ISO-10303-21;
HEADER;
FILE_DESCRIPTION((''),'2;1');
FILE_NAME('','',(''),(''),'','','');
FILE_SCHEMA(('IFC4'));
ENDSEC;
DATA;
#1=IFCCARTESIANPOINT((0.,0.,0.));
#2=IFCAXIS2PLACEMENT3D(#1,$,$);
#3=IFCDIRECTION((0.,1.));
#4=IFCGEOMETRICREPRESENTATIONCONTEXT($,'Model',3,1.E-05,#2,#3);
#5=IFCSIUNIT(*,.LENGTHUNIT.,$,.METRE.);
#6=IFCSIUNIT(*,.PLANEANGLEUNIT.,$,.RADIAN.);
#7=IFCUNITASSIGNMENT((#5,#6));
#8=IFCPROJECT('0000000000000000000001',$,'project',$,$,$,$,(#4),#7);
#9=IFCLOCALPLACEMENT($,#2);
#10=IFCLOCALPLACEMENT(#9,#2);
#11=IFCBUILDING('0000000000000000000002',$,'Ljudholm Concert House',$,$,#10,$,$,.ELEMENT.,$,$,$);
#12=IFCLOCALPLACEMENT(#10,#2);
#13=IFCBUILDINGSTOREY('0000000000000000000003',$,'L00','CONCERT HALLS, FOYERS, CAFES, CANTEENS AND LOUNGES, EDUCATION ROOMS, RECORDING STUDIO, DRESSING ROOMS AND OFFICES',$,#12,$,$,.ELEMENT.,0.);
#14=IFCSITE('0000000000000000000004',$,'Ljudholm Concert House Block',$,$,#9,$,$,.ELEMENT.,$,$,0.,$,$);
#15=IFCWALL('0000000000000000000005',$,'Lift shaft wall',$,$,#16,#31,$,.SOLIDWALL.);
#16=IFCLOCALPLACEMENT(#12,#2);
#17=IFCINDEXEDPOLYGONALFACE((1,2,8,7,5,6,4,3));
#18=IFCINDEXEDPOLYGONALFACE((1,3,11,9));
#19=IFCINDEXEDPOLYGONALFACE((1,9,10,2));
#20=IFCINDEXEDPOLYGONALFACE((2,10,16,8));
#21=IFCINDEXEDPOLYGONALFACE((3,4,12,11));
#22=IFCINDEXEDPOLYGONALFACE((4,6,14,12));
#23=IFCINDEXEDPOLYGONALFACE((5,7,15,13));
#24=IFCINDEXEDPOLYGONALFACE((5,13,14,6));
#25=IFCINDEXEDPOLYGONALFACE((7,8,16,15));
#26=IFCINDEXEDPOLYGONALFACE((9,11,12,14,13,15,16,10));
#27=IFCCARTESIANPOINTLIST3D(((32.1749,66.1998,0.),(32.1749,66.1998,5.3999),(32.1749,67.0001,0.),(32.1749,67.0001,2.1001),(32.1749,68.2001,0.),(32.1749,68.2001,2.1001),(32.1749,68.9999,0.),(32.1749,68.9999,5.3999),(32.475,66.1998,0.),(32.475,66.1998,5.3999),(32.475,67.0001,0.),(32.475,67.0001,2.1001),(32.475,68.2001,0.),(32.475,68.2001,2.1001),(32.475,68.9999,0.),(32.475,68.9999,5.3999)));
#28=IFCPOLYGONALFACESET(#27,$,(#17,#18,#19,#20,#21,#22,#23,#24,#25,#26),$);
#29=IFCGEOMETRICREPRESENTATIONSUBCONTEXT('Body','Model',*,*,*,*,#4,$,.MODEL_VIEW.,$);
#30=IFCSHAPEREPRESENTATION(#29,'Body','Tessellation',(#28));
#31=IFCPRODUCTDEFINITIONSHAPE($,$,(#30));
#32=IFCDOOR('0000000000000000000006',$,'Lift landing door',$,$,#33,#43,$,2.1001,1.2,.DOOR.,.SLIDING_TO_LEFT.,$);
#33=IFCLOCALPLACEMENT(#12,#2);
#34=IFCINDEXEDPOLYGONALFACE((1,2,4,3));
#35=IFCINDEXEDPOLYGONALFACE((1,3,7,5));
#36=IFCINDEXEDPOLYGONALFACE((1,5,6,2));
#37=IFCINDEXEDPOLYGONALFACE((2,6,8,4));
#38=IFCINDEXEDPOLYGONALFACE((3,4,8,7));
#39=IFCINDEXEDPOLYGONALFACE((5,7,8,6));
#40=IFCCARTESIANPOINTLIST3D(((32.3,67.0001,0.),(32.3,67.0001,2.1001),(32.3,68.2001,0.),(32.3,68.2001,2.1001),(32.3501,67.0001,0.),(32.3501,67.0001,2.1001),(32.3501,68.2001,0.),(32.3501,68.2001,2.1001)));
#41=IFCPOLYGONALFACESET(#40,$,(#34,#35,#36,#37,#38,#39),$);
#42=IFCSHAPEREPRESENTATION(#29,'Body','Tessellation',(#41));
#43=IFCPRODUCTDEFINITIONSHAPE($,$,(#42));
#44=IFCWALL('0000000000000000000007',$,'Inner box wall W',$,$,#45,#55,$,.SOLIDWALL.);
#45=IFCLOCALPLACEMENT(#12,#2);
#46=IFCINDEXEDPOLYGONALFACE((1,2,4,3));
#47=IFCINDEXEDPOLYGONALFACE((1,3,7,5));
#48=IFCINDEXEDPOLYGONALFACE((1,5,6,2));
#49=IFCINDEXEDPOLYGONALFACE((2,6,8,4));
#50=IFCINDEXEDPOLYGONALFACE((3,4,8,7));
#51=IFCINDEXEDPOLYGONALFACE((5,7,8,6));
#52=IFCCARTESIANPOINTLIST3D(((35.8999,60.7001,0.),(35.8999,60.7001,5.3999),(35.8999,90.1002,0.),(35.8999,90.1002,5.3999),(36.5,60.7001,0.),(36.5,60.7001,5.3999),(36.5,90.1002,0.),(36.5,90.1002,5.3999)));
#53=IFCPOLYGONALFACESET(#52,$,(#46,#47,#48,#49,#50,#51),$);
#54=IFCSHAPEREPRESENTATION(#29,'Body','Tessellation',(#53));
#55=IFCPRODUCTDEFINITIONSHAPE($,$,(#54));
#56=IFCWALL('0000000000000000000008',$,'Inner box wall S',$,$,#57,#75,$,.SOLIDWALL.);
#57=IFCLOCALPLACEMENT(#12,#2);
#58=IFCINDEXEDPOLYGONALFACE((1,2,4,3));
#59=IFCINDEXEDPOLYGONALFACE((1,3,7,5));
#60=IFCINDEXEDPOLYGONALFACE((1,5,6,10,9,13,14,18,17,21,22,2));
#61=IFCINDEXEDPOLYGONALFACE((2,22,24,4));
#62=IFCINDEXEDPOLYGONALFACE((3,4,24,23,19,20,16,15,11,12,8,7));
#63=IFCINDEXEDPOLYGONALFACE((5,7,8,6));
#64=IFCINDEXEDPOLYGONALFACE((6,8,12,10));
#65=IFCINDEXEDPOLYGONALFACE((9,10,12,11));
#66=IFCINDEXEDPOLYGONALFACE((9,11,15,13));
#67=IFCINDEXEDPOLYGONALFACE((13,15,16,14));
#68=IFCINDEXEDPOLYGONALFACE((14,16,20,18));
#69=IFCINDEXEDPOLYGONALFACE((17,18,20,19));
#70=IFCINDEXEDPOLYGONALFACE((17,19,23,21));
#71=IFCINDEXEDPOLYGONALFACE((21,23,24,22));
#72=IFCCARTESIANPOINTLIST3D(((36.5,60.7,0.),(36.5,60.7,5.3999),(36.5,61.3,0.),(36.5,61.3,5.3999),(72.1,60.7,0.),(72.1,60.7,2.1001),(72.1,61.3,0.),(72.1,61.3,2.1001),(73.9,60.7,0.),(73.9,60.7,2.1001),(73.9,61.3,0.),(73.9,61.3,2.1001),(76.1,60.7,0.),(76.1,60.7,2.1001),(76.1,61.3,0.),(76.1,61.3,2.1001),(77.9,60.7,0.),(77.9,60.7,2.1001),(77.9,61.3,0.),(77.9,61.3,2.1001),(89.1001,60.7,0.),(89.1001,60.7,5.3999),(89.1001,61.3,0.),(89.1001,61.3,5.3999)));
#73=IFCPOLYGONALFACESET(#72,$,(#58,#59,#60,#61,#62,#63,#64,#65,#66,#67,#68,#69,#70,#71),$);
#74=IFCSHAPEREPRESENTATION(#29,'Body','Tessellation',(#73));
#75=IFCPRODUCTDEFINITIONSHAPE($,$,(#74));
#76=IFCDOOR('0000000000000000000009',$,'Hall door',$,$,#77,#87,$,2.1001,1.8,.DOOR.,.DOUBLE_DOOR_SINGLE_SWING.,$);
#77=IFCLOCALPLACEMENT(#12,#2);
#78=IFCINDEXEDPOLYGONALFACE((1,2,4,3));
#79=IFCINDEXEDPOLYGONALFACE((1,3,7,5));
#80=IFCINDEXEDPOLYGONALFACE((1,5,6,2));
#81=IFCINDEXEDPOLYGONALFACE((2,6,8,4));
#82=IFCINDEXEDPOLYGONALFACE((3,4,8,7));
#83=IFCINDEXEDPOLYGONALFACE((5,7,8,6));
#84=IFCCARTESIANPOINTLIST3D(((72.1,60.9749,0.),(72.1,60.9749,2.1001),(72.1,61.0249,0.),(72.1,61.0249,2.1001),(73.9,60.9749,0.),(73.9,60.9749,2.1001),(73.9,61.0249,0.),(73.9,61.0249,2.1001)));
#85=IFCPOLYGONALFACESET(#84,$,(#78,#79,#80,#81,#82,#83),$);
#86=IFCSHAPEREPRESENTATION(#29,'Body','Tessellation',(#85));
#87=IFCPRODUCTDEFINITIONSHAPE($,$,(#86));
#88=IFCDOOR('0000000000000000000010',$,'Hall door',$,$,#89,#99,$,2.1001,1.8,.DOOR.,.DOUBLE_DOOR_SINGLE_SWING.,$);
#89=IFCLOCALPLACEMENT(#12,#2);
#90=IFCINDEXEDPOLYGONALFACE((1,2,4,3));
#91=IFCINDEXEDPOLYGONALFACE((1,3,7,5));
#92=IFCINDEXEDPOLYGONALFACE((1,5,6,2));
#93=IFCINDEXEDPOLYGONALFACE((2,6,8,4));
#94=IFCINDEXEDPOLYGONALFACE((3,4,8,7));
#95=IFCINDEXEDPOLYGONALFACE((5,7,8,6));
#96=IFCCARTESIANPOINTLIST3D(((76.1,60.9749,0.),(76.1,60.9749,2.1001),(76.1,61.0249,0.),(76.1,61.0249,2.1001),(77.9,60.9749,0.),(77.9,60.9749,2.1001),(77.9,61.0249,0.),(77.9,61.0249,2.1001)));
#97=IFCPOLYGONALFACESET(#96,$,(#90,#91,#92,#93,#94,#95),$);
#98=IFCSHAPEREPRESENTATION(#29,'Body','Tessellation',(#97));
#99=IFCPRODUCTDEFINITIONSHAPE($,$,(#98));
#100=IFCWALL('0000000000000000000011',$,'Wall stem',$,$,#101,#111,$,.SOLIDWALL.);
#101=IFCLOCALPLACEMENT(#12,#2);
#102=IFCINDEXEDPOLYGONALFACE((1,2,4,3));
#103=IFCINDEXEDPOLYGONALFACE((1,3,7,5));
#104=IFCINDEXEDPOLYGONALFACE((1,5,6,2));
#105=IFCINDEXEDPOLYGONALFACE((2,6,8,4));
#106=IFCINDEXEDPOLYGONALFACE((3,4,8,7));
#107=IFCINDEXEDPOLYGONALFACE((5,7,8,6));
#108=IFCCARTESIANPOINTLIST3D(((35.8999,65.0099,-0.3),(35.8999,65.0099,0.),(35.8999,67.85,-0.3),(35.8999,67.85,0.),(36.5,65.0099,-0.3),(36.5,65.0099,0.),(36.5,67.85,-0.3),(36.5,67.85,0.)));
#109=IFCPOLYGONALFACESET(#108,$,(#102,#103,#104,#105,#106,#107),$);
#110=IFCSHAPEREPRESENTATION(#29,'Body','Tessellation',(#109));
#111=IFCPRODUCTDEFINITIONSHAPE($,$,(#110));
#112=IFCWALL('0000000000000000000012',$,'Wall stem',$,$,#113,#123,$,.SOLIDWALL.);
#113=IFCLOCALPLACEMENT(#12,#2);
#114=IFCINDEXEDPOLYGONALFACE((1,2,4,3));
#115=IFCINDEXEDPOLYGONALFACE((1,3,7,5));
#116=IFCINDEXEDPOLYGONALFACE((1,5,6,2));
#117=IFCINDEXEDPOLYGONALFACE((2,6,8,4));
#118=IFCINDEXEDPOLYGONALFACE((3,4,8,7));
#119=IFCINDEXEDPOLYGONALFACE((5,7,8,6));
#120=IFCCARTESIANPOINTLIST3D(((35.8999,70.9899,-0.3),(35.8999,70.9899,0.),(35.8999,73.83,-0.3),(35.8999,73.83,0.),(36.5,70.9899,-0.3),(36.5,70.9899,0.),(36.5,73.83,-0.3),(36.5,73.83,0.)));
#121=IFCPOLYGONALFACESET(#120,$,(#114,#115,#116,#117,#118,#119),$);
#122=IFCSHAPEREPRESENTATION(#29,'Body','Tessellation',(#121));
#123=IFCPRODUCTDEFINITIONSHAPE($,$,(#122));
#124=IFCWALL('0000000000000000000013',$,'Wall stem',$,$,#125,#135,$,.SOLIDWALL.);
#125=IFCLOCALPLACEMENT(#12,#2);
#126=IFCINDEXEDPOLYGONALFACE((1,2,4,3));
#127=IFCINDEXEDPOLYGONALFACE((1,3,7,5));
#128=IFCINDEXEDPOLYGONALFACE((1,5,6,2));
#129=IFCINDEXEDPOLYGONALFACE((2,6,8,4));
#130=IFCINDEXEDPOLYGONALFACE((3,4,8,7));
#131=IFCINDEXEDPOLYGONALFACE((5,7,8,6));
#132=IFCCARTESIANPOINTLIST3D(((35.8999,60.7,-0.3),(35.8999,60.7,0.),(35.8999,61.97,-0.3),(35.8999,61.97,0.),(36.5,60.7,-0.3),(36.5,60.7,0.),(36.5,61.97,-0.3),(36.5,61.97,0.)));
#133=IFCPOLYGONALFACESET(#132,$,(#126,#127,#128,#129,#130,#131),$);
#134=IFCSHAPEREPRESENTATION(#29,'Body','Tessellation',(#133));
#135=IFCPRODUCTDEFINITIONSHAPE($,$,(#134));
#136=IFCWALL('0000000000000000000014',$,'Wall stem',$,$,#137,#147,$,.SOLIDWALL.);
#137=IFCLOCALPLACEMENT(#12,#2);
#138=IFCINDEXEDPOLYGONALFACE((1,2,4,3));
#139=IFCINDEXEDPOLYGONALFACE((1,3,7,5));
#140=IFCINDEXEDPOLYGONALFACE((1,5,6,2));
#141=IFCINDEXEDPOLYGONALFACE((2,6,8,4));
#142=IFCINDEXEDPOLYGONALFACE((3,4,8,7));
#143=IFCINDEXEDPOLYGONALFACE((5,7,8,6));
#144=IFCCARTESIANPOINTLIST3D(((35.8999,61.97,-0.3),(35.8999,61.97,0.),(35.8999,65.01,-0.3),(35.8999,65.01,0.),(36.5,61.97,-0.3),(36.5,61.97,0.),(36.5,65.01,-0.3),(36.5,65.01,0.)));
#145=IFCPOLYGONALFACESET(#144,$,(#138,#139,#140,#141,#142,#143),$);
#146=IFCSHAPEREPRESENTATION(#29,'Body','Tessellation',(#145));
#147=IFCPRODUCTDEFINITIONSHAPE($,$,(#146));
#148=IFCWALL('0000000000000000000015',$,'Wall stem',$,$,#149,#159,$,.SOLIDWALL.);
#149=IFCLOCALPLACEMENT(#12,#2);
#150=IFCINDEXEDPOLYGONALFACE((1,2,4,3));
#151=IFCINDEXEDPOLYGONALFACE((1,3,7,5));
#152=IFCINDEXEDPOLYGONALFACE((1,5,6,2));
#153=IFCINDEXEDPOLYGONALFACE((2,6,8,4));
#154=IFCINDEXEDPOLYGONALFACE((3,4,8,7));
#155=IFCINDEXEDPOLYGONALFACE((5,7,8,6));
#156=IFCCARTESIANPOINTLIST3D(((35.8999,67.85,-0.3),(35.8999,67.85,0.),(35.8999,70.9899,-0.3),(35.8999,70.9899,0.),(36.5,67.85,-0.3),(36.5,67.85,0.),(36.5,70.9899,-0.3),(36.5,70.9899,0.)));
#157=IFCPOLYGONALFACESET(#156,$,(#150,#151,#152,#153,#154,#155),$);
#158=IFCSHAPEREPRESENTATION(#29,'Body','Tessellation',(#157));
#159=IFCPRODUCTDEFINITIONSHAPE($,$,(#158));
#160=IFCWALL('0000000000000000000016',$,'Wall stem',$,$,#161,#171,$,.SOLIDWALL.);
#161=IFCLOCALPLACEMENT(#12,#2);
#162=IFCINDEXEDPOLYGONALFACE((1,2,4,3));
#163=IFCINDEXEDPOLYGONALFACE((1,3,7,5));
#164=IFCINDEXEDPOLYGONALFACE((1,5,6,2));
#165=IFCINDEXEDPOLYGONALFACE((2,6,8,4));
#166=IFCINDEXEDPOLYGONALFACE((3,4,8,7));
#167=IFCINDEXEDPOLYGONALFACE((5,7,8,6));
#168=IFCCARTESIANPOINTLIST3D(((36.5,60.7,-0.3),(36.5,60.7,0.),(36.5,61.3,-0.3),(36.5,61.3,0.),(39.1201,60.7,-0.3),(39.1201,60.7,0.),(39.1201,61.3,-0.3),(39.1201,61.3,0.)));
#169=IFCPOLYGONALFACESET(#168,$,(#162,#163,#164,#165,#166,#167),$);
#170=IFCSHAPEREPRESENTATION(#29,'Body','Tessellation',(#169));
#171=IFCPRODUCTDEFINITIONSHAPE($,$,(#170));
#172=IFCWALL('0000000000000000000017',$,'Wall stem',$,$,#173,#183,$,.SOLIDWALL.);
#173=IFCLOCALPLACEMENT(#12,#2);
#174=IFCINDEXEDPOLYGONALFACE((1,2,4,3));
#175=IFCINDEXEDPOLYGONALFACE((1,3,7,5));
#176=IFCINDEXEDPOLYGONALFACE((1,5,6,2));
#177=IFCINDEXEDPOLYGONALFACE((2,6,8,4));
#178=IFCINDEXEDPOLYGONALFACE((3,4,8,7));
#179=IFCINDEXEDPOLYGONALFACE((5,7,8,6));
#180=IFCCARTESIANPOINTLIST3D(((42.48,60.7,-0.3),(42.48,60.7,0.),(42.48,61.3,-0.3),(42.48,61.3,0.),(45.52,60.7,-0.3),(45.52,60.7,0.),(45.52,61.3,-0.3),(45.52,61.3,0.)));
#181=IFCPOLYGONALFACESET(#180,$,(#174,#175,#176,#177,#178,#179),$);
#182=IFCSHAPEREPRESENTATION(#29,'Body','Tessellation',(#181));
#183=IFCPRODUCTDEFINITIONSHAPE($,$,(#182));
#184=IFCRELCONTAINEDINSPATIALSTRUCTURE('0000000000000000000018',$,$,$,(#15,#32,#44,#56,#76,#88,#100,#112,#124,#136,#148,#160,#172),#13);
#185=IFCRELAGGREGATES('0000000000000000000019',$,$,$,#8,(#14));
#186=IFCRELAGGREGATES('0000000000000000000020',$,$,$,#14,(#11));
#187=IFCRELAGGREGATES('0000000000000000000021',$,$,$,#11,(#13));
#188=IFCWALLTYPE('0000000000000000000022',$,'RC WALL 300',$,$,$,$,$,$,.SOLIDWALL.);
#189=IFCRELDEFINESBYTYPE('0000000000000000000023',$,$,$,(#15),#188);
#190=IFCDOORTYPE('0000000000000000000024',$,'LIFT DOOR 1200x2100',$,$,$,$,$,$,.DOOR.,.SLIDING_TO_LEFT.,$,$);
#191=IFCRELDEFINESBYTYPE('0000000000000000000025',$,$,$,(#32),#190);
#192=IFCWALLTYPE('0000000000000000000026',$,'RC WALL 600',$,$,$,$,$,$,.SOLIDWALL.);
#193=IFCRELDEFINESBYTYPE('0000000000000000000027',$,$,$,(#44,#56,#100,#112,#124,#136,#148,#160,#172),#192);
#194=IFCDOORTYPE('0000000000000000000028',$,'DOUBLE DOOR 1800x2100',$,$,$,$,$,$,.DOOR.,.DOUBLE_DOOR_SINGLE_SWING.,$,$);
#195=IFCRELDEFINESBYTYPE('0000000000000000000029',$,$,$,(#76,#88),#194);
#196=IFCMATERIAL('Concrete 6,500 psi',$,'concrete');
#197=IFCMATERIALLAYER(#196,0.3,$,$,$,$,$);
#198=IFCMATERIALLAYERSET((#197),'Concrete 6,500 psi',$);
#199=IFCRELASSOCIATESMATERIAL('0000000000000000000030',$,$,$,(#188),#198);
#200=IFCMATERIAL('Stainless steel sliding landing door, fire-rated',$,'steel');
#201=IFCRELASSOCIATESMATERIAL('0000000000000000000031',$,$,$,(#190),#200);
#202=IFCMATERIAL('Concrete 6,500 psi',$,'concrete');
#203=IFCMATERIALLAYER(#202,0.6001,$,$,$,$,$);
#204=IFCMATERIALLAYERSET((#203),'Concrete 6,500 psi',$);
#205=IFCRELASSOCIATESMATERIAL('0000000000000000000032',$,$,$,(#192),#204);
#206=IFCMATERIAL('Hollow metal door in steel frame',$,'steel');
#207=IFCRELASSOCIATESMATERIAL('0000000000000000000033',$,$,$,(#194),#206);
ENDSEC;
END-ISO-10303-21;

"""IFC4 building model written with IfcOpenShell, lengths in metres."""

from ifc_helpers import new_model, si_unit, direction, frame, frame_2d, origin, place, context, subcontext, project, spatial, rectangle, extrude, material, layer, layer_set, type_object, element, fill, save


model = new_model("IFC4")

# Units and contexts
model_context = context("Model", 3, precision=1e-05, world=origin(), true_north=direction((0.0, 1.0)))
body_context = subcontext(model_context, "Body", "Model", "MODEL_VIEW")
ifc_project = project(units=[si_unit("LENGTHUNIT", "METRE"), si_unit("PLANEANGLEUNIT", "RADIAN")], contexts=[model_context])

# Site, building, storey
site_placement = place(None, origin())
site = spatial("IfcSite", under=ifc_project, at=site_placement, Name="Ljudholm Concert House Block", CompositionType="ELEMENT", RefElevation=0.0)
building_placement = place(site_placement, origin())
building = spatial("IfcBuilding", under=site, at=building_placement, Name="Ljudholm Concert House", CompositionType="ELEMENT")
storey_placement = place(building_placement, origin())
storey = spatial("IfcBuildingStorey", under=building, at=storey_placement, Name="L00", Description="CONCERT HALLS, FOYERS, CAFES, CANTEENS AND LOUNGES, EDUCATION ROOMS, RECORDING STUDIO, DRESSING ROOMS AND OFFICES", CompositionType="ELEMENT", Elevation=0.0)

# Wall, opening, door
ifc_material_1 = material(Name="Concrete 6,500 psi", Category="concrete")
ifc_layer_1 = layer(ifc_material_1, 0.3)
ifc_layer_set_1 = layer_set([ifc_layer_1], Name="Concrete 6,500 psi")
wall_type_1 = type_object("IfcWallType", Name="RC WALL 300", PredefinedType="SOLIDWALL", material=ifc_layer_set_1)
wall_1_placement = place(storey_placement, frame((32.325, 66.2, 0.0), z_axis=(0.0, 0.0, 1.0), x_axis=(0.0, 1.0, 0.0)))
wall_1 = element("IfcWall", 1, at=wall_1_placement, inside=storey, type_object=wall_type_1, Name="Lift shaft wall", PredefinedType="SOLIDWALL", context=body_context, shape_type="SweptSolid", body=[
    extrude(rectangle(XDim=2.8, YDim=0.3, at=frame_2d((1.3999, 0.0))), origin(), (0.0, 0.0, 1.0), 5.3999),
])
opening_1_placement = place(wall_1_placement, frame((0.8, 0.0, 0.0)))
opening_1 = element("IfcOpeningElement", 2, at=opening_1_placement, cuts=wall_1, PredefinedType="OPENING", context=body_context, shape_type="SweptSolid", body=[
    extrude(rectangle(XDim=1.2, YDim=2.1001, at=frame_2d((0.6001, 1.05))), frame((0.0, 0.1599, 0.0), z_axis=(0.0, -1.0, 0.0), x_axis=(1.0, 0.0, 0.0)), (0.0, 0.0, 1.0), 0.3201),
])
ifc_material_2 = material(Name="Stainless steel sliding landing door, fire-rated", Category="steel")
door_type_1 = type_object("IfcDoorType", Name="LIFT DOOR 1200x2100", OperationType="SLIDING_TO_LEFT", PredefinedType="DOOR", material=ifc_material_2)
door_1_placement = place(opening_1_placement, origin())
door_1 = element("IfcDoor", 3, at=door_1_placement, inside=storey, type_object=door_type_1, Name="Lift landing door", OperationType="SLIDING_TO_LEFT", OverallHeight=2.1001, OverallWidth=1.2, PredefinedType="DOOR", context=body_context, shape_type="SweptSolid", body=[
    extrude(rectangle(XDim=1.2, YDim=2.1001, at=frame_2d((0.6001, 1.05))), frame((0.0, 0.0249, 0.0), z_axis=(0.0, -1.0, 0.0), x_axis=(1.0, 0.0, 0.0)), (0.0, 0.0, 1.0), 0.05),
])
fill(opening_1, door_1)

# Wall
ifc_material_3 = material(Name="Concrete 6,500 psi", Category="concrete")
ifc_layer_2 = layer(ifc_material_3, 0.6001)
ifc_layer_set_2 = layer_set([ifc_layer_2], Name="Concrete 6,500 psi")
wall_type_2 = type_object("IfcWallType", Name="RC WALL 600", PredefinedType="SOLIDWALL", material=ifc_layer_set_2)
wall_2_placement = place(storey_placement, frame((36.2, 60.7, 0.0), z_axis=(0.0, 0.0, 1.0), x_axis=(0.0, 1.0, 0.0)))
element("IfcWall", 4, at=wall_2_placement, inside=storey, type_object=wall_type_2, Name="Inner box wall W", PredefinedType="SOLIDWALL", context=body_context, shape_type="SweptSolid", body=[
    extrude(rectangle(XDim=29.4001, YDim=0.6001, at=frame_2d((14.7002, 0.0))), origin(), (0.0, 0.0, 1.0), 5.3999),
])

# Wall, openings, doors
wall_3_placement = place(storey_placement, frame((36.5, 61.0, 0.0), z_axis=(0.0, 0.0, 1.0), x_axis=(1.0, 0.0, 0.0)))
wall_3 = element("IfcWall", 5, at=wall_3_placement, inside=storey, type_object=wall_type_2, Name="Inner box wall S", PredefinedType="SOLIDWALL", context=body_context, shape_type="SweptSolid", body=[
    extrude(rectangle(XDim=52.6001, YDim=0.6001, at=frame_2d((26.3, 0.0))), origin(), (0.0, 0.0, 1.0), 5.3999),
])
opening_2_placement = place(wall_3_placement, frame((35.6001, 0.0, 0.0)))
opening_2 = element("IfcOpeningElement", 6, at=opening_2_placement, cuts=wall_3, PredefinedType="OPENING", context=body_context, shape_type="SweptSolid", body=[
    extrude(rectangle(XDim=1.8, YDim=2.1001, at=frame_2d((0.8999, 1.05))), frame((0.0, 0.3101, 0.0), z_axis=(0.0, -1.0, 0.0), x_axis=(1.0, 0.0, 0.0)), (0.0, 0.0, 1.0), 0.6201),
])
opening_3_placement = place(wall_3_placement, frame((39.6001, 0.0, 0.0)))
opening_3 = element("IfcOpeningElement", 7, at=opening_3_placement, cuts=wall_3, PredefinedType="OPENING", context=body_context, shape_type="SweptSolid", body=[
    extrude(rectangle(XDim=1.8, YDim=2.1001, at=frame_2d((0.8999, 1.05))), frame((0.0, 0.3101, 0.0), z_axis=(0.0, -1.0, 0.0), x_axis=(1.0, 0.0, 0.0)), (0.0, 0.0, 1.0), 0.6201),
])
ifc_material_4 = material(Name="Hollow metal door in steel frame", Category="steel")
door_type_2 = type_object("IfcDoorType", Name="DOUBLE DOOR 1800x2100", OperationType="DOUBLE_DOOR_SINGLE_SWING", PredefinedType="DOOR", material=ifc_material_4)
door_2_placement = place(opening_2_placement, origin())
door_2 = element("IfcDoor", 8, at=door_2_placement, inside=storey, type_object=door_type_2, Name="Hall door", OperationType="DOUBLE_DOOR_SINGLE_SWING", OverallHeight=2.1001, OverallWidth=1.8, PredefinedType="DOOR", context=body_context, shape_type="SweptSolid", body=[
    extrude(rectangle(XDim=1.8, YDim=2.1001, at=frame_2d((0.8999, 1.05))), frame((0.0, 0.0249, 0.0), z_axis=(0.0, -1.0, 0.0), x_axis=(1.0, 0.0, 0.0)), (0.0, 0.0, 1.0), 0.05),
])
fill(opening_2, door_2)
door_3_placement = place(opening_3_placement, origin())
door_3 = element("IfcDoor", 9, at=door_3_placement, inside=storey, type_object=door_type_2, Name="Hall door", OperationType="DOUBLE_DOOR_SINGLE_SWING", OverallHeight=2.1001, OverallWidth=1.8, PredefinedType="DOOR", context=body_context, shape_type="SweptSolid", body=[
    extrude(rectangle(XDim=1.8, YDim=2.1001, at=frame_2d((0.8999, 1.05))), frame((0.0, 0.0249, 0.0), z_axis=(0.0, -1.0, 0.0), x_axis=(1.0, 0.0, 0.0)), (0.0, 0.0, 1.0), 0.05),
])
fill(opening_3, door_3)

# Walls
for number, where, z_axis, x_axis, name in (
    (10, (36.2, 65.01, -0.3), (0.0, 0.0, 1.0), (0.0, 1.0, 0.0), "Wall stem"),
    (11, (36.2, 70.99, -0.3), (0.0, 0.0, 1.0), (0.0, 1.0, 0.0), "Wall stem"),
):
    element("IfcWall", number, at=place(storey_placement, frame(where, z_axis=z_axis, x_axis=x_axis)), inside=storey, type_object=wall_type_2, Name=name, PredefinedType="SOLIDWALL", context=body_context, shape_type="SweptSolid", body=[
        extrude(rectangle(XDim=2.8401, YDim=0.6001, at=frame_2d((1.4199, 0.0))), origin(), (0.0, 0.0, 1.0), 0.3),
    ])
wall_4_placement = place(storey_placement, frame((36.2, 60.7, -0.3), z_axis=(0.0, 0.0, 1.0), x_axis=(0.0, 1.0, 0.0)))
element("IfcWall", 12, at=wall_4_placement, inside=storey, type_object=wall_type_2, Name="Wall stem", PredefinedType="SOLIDWALL", context=body_context, shape_type="SweptSolid", body=[
    extrude(rectangle(XDim=1.27, YDim=0.6001, at=frame_2d((0.635, 0.0))), origin(), (0.0, 0.0, 1.0), 0.3),
])
wall_5_placement = place(storey_placement, frame((36.2, 61.97, -0.3), z_axis=(0.0, 0.0, 1.0), x_axis=(0.0, 1.0, 0.0)))
element("IfcWall", 13, at=wall_5_placement, inside=storey, type_object=wall_type_2, Name="Wall stem", PredefinedType="SOLIDWALL", context=body_context, shape_type="SweptSolid", body=[
    extrude(rectangle(XDim=3.04, YDim=0.6001, at=frame_2d((1.52, 0.0))), origin(), (0.0, 0.0, 1.0), 0.3),
])
wall_6_placement = place(storey_placement, frame((36.2, 67.8501, -0.3), z_axis=(0.0, 0.0, 1.0), x_axis=(0.0, 1.0, 0.0)))
element("IfcWall", 14, at=wall_6_placement, inside=storey, type_object=wall_type_2, Name="Wall stem", PredefinedType="SOLIDWALL", context=body_context, shape_type="SweptSolid", body=[
    extrude(rectangle(XDim=3.1399, YDim=0.6001, at=frame_2d((1.5698, 0.0))), origin(), (0.0, 0.0, 1.0), 0.3),
])
wall_7_placement = place(storey_placement, frame((36.5, 61.0, -0.3), z_axis=(0.0, 0.0, 1.0), x_axis=(1.0, 0.0, 0.0)))
element("IfcWall", 15, at=wall_7_placement, inside=storey, type_object=wall_type_2, Name="Wall stem", PredefinedType="SOLIDWALL", context=body_context, shape_type="SweptSolid", body=[
    extrude(rectangle(XDim=2.6201, YDim=0.6001, at=frame_2d((1.3101, 0.0))), origin(), (0.0, 0.0, 1.0), 0.3),
])
wall_8_placement = place(storey_placement, frame((42.48, 61.0, -0.3), z_axis=(0.0, 0.0, 1.0), x_axis=(1.0, 0.0, 0.0)))
element("IfcWall", 16, at=wall_8_placement, inside=storey, type_object=wall_type_2, Name="Wall stem", PredefinedType="SOLIDWALL", context=body_context, shape_type="SweptSolid", body=[
    extrude(rectangle(XDim=3.04, YDim=0.6001, at=frame_2d((1.52, 0.0))), origin(), (0.0, 0.0, 1.0), 0.3),
])

save(model, "model.ifc")
